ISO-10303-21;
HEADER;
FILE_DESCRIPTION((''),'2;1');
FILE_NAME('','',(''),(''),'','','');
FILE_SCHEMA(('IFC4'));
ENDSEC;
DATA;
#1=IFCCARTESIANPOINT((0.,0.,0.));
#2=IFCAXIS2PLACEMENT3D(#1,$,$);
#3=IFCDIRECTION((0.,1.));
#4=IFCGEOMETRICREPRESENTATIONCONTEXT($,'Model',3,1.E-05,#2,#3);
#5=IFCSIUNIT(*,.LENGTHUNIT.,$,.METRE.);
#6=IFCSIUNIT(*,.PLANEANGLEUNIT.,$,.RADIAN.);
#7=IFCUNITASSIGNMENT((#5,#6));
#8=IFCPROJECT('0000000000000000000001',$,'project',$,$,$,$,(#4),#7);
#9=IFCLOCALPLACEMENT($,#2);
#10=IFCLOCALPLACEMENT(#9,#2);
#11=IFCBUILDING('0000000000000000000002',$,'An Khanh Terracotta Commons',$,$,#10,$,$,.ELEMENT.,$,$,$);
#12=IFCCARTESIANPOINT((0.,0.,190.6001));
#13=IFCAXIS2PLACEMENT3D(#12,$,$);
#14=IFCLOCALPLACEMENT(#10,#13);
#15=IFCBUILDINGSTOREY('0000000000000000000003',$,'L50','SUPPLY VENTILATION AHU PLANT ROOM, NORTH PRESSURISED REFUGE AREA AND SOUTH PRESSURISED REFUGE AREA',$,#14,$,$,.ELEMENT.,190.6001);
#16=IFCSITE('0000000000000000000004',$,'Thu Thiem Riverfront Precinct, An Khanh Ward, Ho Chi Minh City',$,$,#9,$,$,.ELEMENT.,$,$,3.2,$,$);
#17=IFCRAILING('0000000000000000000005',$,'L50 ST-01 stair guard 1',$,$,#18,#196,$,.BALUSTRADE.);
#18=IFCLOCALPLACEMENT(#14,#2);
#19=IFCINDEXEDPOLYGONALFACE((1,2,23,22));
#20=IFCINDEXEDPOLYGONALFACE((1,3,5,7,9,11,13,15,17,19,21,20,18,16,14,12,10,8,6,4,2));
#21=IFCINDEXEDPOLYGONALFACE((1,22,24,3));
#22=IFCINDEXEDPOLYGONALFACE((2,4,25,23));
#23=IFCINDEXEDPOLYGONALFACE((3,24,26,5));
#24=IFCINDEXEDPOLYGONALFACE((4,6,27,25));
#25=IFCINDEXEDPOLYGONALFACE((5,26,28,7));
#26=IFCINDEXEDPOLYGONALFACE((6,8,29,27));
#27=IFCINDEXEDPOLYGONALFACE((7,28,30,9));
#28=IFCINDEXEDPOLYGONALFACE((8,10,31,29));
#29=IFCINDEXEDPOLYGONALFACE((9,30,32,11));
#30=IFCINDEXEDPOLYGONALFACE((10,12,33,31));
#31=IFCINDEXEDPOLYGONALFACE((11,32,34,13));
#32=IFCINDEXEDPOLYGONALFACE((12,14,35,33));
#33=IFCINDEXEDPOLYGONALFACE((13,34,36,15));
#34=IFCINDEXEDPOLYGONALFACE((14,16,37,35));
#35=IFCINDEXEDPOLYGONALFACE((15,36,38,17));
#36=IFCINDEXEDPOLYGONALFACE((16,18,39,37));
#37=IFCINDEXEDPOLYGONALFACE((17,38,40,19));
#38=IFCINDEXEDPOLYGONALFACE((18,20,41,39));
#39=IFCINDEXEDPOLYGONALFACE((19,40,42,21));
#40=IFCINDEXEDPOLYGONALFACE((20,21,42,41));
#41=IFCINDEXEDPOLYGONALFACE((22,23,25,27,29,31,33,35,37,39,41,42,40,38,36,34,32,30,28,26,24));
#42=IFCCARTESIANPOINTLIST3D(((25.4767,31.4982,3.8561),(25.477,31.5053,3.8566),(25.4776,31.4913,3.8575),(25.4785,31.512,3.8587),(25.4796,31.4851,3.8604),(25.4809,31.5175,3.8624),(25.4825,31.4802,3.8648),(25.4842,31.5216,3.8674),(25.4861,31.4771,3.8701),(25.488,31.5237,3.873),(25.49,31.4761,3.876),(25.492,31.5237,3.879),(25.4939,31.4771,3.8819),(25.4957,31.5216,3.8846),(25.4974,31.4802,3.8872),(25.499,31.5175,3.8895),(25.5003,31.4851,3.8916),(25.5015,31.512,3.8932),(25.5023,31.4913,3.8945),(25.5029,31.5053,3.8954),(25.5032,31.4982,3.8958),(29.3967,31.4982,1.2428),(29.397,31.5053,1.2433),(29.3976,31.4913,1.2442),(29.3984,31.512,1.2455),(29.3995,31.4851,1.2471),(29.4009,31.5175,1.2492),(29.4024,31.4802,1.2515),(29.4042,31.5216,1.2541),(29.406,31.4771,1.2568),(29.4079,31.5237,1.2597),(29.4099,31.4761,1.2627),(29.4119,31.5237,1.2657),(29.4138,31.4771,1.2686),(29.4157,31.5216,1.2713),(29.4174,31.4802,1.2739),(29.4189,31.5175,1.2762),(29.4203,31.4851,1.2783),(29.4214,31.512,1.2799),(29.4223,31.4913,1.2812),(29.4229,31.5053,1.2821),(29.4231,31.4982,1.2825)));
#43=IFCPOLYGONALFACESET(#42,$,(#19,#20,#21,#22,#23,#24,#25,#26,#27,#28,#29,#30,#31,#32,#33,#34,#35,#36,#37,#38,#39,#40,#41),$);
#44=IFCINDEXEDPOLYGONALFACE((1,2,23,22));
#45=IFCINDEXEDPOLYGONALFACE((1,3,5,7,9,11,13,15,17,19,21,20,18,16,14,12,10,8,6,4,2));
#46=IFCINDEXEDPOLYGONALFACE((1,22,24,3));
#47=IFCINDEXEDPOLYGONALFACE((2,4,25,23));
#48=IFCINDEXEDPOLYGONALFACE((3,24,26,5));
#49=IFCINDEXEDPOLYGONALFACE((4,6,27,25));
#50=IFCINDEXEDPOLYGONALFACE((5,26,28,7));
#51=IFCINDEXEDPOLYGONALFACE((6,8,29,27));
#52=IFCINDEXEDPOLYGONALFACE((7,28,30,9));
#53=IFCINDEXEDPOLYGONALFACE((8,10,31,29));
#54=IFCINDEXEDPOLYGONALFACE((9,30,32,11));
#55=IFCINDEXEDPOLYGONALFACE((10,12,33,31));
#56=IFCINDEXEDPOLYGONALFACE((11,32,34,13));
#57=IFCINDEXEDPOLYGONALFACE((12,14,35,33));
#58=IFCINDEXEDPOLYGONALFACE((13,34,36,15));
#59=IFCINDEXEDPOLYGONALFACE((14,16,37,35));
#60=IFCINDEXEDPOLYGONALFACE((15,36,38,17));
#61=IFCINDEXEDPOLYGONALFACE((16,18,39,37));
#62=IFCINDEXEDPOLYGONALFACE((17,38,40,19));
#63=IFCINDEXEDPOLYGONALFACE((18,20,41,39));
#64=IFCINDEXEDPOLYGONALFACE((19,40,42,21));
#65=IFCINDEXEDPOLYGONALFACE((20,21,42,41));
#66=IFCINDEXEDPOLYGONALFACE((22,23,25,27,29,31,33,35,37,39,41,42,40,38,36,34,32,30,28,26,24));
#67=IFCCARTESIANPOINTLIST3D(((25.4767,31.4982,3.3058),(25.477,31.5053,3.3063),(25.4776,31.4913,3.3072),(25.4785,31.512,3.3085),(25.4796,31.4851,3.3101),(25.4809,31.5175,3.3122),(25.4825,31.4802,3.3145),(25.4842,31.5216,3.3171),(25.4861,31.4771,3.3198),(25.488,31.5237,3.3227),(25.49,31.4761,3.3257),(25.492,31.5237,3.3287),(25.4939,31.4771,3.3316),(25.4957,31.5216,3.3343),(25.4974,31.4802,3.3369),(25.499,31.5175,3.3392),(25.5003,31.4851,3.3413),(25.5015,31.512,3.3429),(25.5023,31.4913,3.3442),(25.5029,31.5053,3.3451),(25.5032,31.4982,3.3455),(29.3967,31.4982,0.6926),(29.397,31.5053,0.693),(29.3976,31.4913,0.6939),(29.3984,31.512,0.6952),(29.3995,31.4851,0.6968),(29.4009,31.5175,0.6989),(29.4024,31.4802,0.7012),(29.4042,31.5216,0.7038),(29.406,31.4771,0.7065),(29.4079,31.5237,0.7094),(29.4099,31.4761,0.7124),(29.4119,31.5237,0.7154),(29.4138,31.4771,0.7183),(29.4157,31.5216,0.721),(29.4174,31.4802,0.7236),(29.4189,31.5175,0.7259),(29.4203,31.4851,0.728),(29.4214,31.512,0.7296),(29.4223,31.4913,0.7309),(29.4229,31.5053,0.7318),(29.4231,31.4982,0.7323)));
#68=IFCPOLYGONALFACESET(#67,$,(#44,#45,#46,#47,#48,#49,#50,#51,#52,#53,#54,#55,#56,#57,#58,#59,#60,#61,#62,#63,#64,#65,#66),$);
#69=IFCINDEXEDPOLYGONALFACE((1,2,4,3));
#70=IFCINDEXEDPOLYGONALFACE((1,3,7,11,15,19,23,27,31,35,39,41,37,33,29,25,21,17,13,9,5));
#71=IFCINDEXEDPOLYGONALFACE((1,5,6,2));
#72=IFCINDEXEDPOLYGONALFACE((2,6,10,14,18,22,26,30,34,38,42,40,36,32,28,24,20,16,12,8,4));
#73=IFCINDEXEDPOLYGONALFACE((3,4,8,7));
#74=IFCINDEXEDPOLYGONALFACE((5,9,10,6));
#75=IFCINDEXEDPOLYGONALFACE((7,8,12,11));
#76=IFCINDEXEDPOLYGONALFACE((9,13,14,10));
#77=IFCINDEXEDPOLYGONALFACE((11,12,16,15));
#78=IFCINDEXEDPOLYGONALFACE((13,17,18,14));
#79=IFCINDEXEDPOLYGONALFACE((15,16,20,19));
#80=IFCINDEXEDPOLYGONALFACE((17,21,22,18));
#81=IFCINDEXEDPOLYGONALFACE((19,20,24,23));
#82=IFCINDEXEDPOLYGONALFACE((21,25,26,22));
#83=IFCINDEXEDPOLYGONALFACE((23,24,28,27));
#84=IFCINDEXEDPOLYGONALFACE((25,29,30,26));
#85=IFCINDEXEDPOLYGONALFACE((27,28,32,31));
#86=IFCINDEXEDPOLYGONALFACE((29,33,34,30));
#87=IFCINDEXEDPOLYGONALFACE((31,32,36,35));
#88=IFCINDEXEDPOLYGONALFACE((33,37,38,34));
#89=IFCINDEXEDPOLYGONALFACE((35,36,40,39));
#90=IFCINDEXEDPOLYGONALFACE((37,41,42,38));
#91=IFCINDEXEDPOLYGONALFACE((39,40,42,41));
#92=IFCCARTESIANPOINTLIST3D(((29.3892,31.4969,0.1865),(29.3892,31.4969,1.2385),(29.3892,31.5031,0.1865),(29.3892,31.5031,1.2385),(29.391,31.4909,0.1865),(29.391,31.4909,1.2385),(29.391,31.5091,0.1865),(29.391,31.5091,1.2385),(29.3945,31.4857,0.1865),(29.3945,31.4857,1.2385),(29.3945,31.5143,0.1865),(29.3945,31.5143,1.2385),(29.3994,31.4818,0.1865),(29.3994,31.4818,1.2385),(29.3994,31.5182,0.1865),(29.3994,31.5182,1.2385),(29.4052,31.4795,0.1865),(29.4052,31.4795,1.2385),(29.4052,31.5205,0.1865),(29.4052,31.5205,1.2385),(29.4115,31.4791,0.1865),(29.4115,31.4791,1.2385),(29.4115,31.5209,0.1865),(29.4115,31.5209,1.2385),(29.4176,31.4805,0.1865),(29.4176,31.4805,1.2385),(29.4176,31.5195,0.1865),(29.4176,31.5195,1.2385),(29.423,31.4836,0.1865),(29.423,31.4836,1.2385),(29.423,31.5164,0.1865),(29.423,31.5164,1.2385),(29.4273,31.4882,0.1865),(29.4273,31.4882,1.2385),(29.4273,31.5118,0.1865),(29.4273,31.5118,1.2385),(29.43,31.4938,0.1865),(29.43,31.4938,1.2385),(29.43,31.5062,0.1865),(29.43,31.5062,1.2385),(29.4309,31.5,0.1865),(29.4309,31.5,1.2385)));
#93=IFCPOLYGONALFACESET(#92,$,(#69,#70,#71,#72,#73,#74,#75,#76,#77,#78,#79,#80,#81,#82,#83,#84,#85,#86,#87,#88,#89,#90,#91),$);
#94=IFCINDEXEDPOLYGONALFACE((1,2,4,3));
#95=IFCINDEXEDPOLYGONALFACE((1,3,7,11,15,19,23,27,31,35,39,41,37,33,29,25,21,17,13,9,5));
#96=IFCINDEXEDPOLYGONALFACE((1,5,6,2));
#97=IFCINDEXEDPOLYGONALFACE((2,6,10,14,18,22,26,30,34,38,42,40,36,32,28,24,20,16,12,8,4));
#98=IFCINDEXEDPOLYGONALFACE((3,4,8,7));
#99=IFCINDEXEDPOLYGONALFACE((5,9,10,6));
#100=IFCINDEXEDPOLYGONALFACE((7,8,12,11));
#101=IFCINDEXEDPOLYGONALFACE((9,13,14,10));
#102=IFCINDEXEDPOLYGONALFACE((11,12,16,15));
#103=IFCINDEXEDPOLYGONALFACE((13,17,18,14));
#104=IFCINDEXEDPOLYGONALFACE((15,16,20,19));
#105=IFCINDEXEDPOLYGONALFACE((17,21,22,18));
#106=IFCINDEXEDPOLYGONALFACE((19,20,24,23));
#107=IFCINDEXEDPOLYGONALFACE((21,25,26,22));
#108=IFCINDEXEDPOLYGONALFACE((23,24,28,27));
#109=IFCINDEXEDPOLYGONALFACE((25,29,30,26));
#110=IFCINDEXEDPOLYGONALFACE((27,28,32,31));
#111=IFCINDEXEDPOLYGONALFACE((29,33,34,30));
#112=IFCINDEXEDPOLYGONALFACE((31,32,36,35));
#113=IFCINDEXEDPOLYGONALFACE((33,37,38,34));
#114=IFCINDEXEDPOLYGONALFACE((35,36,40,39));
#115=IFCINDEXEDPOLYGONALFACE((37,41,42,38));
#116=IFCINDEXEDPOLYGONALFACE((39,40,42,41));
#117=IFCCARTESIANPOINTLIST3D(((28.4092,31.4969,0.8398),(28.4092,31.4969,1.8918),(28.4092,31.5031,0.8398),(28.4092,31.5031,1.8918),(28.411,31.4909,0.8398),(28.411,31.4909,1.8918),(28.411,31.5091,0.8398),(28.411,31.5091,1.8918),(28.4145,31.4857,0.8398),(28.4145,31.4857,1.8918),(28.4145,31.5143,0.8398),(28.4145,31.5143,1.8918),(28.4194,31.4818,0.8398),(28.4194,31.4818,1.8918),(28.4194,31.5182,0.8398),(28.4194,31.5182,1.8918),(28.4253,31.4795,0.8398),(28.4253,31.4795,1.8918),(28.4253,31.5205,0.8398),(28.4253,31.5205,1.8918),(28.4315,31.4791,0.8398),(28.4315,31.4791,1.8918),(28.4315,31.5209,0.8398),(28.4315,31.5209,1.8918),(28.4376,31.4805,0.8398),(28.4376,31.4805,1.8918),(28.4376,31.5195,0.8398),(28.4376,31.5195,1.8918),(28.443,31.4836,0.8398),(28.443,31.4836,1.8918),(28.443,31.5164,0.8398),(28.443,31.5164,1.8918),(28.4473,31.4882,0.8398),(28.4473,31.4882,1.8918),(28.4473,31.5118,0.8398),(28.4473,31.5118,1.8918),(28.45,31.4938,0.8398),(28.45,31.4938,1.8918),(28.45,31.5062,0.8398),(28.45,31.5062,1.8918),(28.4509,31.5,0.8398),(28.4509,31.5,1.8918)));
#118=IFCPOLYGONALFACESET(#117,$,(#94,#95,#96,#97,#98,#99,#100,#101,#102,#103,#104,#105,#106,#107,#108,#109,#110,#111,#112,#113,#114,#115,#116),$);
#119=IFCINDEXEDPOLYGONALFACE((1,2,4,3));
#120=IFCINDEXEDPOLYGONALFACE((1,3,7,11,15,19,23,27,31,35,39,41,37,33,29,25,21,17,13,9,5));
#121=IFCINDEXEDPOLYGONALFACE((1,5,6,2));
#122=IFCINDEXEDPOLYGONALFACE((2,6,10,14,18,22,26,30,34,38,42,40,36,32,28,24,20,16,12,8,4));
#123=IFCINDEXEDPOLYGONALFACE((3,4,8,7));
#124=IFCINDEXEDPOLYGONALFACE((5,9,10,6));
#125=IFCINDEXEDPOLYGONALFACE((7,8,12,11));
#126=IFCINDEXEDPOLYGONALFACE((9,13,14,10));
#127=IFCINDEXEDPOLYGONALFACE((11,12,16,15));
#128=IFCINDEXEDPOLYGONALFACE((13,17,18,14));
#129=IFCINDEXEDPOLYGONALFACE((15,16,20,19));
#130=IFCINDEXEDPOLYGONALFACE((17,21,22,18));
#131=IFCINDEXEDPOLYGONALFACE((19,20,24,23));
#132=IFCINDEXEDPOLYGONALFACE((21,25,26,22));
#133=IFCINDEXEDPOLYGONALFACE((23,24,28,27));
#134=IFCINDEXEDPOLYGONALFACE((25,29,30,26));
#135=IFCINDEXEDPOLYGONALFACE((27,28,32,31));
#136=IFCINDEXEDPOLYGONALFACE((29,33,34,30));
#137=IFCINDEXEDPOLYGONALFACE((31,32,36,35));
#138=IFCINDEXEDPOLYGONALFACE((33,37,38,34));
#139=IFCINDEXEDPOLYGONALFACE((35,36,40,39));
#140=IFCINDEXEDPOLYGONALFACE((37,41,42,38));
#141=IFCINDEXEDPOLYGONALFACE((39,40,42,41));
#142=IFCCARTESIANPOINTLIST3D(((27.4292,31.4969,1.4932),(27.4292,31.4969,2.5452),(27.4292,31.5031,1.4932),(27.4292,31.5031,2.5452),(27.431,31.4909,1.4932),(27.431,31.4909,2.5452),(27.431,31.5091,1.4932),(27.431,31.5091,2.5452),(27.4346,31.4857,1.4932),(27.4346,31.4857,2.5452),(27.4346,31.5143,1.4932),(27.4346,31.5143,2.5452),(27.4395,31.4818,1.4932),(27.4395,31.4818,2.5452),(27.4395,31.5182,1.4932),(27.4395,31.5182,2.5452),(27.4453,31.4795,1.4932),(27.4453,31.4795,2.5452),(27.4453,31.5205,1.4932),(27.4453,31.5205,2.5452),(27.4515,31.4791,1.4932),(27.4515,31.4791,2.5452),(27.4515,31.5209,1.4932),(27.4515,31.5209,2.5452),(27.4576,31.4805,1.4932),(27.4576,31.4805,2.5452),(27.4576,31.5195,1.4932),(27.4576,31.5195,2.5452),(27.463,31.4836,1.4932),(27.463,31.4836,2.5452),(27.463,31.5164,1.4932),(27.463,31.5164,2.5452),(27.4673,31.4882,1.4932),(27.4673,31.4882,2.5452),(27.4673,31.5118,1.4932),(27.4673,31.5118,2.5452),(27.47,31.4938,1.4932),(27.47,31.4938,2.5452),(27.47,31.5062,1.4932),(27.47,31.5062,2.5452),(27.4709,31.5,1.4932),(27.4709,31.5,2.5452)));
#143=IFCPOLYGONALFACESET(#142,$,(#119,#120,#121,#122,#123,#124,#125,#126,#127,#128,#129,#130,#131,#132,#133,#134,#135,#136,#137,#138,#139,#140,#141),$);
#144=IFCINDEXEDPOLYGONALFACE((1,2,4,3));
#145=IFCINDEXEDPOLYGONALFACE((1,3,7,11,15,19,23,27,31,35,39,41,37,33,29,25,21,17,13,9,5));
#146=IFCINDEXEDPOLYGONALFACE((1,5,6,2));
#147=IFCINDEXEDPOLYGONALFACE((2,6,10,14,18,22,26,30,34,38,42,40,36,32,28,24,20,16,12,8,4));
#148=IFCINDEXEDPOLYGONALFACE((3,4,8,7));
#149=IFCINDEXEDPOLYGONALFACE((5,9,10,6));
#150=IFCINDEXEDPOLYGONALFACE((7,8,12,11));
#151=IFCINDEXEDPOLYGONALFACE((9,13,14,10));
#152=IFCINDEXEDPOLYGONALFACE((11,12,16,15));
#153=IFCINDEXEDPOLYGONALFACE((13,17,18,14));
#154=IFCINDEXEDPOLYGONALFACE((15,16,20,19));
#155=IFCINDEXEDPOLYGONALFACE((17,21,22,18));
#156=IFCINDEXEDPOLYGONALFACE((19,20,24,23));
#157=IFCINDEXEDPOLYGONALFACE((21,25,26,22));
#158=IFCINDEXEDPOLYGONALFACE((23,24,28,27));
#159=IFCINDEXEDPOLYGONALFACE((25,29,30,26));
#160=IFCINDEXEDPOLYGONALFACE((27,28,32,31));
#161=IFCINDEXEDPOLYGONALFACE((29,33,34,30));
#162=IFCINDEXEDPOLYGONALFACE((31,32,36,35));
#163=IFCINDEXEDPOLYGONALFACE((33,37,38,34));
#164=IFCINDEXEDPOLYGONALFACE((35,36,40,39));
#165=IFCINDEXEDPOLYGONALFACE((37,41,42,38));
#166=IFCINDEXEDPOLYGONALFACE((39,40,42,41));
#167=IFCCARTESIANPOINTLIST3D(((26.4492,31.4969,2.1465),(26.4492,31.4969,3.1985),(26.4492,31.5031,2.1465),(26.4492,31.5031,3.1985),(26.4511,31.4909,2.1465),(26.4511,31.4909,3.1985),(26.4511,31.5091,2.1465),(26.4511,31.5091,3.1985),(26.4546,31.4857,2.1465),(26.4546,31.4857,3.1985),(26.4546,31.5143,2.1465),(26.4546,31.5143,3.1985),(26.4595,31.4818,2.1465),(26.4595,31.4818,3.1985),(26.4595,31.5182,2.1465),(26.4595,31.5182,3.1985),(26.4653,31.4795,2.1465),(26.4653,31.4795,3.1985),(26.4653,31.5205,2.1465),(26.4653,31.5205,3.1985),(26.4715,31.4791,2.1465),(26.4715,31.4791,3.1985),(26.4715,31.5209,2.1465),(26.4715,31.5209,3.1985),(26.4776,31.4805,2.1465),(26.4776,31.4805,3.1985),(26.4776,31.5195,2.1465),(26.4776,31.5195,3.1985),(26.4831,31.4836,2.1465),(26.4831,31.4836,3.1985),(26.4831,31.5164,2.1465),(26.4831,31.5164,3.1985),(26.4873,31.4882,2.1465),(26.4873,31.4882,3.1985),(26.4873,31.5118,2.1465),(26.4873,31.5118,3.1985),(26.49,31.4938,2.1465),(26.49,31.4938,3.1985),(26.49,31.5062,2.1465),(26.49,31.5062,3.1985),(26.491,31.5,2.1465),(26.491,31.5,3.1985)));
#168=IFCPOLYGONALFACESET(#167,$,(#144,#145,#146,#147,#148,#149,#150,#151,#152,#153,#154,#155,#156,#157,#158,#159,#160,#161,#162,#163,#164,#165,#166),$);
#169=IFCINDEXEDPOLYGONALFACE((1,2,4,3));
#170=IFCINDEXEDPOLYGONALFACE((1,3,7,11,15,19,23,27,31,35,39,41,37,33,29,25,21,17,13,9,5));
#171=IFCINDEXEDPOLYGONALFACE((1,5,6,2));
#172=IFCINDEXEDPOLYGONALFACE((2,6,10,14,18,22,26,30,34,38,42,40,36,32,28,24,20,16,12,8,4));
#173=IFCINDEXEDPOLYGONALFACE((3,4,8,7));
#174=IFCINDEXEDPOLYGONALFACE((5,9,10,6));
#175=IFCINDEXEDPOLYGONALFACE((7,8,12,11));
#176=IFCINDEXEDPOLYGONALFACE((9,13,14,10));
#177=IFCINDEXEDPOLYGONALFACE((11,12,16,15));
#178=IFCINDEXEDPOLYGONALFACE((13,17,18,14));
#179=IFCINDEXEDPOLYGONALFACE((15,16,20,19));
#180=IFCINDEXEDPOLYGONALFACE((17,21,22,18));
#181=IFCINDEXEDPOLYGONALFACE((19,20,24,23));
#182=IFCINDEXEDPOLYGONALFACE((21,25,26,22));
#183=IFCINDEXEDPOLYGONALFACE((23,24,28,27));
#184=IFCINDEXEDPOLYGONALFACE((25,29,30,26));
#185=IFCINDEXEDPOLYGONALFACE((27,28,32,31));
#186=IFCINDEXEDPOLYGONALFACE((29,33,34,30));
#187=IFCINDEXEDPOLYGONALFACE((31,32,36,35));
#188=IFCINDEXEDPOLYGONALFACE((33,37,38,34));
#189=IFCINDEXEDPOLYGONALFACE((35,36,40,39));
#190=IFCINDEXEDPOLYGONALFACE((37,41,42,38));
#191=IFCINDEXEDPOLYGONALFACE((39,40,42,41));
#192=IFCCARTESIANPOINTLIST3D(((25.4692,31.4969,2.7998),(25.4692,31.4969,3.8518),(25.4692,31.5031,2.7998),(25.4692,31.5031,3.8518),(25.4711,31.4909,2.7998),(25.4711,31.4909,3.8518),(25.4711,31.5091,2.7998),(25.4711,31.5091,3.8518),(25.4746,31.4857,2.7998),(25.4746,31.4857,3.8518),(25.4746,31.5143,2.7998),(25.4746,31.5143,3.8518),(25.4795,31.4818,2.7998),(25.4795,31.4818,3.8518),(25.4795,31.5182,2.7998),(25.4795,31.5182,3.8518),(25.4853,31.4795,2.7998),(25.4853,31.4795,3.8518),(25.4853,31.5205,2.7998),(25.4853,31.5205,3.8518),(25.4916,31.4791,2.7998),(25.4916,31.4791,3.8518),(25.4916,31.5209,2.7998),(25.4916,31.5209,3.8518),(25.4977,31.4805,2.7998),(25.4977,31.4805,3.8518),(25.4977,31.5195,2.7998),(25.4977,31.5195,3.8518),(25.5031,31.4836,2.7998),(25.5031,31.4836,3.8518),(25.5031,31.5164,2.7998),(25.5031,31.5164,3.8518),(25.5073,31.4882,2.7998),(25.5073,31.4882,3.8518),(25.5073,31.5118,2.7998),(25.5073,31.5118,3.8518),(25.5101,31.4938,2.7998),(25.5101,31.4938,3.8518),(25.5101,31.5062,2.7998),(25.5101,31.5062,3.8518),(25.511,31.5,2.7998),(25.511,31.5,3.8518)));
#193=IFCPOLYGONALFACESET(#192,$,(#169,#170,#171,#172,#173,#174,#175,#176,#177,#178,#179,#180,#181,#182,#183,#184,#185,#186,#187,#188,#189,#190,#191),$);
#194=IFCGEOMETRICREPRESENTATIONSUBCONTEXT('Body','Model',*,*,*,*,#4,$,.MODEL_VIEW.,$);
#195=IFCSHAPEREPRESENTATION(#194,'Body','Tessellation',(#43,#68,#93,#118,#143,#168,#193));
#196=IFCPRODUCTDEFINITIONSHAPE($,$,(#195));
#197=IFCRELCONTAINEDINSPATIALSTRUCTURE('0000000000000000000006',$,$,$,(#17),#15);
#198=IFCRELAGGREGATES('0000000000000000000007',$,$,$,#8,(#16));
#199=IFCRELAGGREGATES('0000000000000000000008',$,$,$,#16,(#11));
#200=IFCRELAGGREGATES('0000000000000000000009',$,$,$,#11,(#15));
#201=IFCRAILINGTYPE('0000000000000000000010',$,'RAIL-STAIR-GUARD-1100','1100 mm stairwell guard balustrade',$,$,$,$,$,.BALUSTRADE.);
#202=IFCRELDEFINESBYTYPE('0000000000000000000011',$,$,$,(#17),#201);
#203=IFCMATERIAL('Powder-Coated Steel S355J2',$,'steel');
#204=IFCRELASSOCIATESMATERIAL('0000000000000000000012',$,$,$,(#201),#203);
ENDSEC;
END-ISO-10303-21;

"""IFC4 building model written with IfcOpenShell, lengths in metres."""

from ifc_helpers import new_model, si_unit, direction, frame, origin, origin_2d, place, context, subcontext, project, spatial, circle, extrude, material, type_object, element, save


model = new_model("IFC4")

# Units and contexts
model_context = context("Model", 3, precision=1e-05, world=origin(), true_north=direction((0.0, 1.0)))
body_context = subcontext(model_context, "Body", "Model", "MODEL_VIEW")
ifc_project = project(units=[si_unit("LENGTHUNIT", "METRE"), si_unit("PLANEANGLEUNIT", "RADIAN")], contexts=[model_context])

# Site, building, storey
site_placement = place(None, origin())
site = spatial("IfcSite", under=ifc_project, at=site_placement, Name="Thu Thiem Riverfront Precinct, An Khanh Ward, Ho Chi Minh City", CompositionType="ELEMENT", RefElevation=3.2)
building_placement = place(site_placement, origin())
building = spatial("IfcBuilding", under=site, at=building_placement, Name="An Khanh Terracotta Commons", CompositionType="ELEMENT")
storey_placement = place(building_placement, frame((0.0, 0.0, 190.6001)))
storey = spatial("IfcBuildingStorey", under=building, at=storey_placement, Name="L50", Description="SUPPLY VENTILATION AHU PLANT ROOM, NORTH PRESSURISED REFUGE AREA AND SOUTH PRESSURISED REFUGE AREA", CompositionType="ELEMENT", Elevation=190.6001)

# Railing
ifc_material_1 = material(Name="Powder-Coated Steel S355J2", Category="steel")
railing_type_1 = type_object("IfcRailingType", Name="RAIL-STAIR-GUARD-1100", Description="1100 mm stairwell guard balustrade", PredefinedType="BALUSTRADE", material=ifc_material_1)
railing_1_placement = place(storey_placement, frame((29.4099, 31.5, 0.1865)))
element("IfcRailing", 1, at=railing_1_placement, inside=storey, type_object=railing_type_1, Name="L50 ST-01 stair guard 1", PredefinedType="BALUSTRADE", context=body_context, shape_type="SweptSolid", body=[
    extrude(circle(Radius=0.0239, at=origin_2d()), frame((0.0, 0.0, 1.0762), z_axis=(-0.83205, 0.0, 0.5547), x_axis=(0.0, -1.0, 0.0)), (0.0, 0.0, 1.0), 4.7112),
    extrude(circle(Radius=0.0239, at=origin_2d()), frame((0.0, 0.0, 0.5259), z_axis=(-0.83205, 0.0, 0.5547), x_axis=(0.0, -1.0, 0.0)), (0.0, 0.0, 1.0), 4.7112),
    extrude(circle(Radius=0.021, at=origin_2d()), origin(), (0.0, 0.0, 1.0), 1.052),
    extrude(circle(Radius=0.021, at=origin_2d()), frame((-0.98, 0.0, 0.6533)), (0.0, 0.0, 1.0), 1.052),
    extrude(circle(Radius=0.021, at=origin_2d()), frame((-1.96, 0.0, 1.3066)), (0.0, 0.0, 1.0), 1.052),
    extrude(circle(Radius=0.021, at=origin_2d()), frame((-2.9399, 0.0, 1.96)), (0.0, 0.0, 1.0), 1.052),
    extrude(circle(Radius=0.021, at=origin_2d()), frame((-3.9199, 0.0, 2.6133)), (0.0, 0.0, 1.0), 1.052),
])

save(model, "model.ifc")
